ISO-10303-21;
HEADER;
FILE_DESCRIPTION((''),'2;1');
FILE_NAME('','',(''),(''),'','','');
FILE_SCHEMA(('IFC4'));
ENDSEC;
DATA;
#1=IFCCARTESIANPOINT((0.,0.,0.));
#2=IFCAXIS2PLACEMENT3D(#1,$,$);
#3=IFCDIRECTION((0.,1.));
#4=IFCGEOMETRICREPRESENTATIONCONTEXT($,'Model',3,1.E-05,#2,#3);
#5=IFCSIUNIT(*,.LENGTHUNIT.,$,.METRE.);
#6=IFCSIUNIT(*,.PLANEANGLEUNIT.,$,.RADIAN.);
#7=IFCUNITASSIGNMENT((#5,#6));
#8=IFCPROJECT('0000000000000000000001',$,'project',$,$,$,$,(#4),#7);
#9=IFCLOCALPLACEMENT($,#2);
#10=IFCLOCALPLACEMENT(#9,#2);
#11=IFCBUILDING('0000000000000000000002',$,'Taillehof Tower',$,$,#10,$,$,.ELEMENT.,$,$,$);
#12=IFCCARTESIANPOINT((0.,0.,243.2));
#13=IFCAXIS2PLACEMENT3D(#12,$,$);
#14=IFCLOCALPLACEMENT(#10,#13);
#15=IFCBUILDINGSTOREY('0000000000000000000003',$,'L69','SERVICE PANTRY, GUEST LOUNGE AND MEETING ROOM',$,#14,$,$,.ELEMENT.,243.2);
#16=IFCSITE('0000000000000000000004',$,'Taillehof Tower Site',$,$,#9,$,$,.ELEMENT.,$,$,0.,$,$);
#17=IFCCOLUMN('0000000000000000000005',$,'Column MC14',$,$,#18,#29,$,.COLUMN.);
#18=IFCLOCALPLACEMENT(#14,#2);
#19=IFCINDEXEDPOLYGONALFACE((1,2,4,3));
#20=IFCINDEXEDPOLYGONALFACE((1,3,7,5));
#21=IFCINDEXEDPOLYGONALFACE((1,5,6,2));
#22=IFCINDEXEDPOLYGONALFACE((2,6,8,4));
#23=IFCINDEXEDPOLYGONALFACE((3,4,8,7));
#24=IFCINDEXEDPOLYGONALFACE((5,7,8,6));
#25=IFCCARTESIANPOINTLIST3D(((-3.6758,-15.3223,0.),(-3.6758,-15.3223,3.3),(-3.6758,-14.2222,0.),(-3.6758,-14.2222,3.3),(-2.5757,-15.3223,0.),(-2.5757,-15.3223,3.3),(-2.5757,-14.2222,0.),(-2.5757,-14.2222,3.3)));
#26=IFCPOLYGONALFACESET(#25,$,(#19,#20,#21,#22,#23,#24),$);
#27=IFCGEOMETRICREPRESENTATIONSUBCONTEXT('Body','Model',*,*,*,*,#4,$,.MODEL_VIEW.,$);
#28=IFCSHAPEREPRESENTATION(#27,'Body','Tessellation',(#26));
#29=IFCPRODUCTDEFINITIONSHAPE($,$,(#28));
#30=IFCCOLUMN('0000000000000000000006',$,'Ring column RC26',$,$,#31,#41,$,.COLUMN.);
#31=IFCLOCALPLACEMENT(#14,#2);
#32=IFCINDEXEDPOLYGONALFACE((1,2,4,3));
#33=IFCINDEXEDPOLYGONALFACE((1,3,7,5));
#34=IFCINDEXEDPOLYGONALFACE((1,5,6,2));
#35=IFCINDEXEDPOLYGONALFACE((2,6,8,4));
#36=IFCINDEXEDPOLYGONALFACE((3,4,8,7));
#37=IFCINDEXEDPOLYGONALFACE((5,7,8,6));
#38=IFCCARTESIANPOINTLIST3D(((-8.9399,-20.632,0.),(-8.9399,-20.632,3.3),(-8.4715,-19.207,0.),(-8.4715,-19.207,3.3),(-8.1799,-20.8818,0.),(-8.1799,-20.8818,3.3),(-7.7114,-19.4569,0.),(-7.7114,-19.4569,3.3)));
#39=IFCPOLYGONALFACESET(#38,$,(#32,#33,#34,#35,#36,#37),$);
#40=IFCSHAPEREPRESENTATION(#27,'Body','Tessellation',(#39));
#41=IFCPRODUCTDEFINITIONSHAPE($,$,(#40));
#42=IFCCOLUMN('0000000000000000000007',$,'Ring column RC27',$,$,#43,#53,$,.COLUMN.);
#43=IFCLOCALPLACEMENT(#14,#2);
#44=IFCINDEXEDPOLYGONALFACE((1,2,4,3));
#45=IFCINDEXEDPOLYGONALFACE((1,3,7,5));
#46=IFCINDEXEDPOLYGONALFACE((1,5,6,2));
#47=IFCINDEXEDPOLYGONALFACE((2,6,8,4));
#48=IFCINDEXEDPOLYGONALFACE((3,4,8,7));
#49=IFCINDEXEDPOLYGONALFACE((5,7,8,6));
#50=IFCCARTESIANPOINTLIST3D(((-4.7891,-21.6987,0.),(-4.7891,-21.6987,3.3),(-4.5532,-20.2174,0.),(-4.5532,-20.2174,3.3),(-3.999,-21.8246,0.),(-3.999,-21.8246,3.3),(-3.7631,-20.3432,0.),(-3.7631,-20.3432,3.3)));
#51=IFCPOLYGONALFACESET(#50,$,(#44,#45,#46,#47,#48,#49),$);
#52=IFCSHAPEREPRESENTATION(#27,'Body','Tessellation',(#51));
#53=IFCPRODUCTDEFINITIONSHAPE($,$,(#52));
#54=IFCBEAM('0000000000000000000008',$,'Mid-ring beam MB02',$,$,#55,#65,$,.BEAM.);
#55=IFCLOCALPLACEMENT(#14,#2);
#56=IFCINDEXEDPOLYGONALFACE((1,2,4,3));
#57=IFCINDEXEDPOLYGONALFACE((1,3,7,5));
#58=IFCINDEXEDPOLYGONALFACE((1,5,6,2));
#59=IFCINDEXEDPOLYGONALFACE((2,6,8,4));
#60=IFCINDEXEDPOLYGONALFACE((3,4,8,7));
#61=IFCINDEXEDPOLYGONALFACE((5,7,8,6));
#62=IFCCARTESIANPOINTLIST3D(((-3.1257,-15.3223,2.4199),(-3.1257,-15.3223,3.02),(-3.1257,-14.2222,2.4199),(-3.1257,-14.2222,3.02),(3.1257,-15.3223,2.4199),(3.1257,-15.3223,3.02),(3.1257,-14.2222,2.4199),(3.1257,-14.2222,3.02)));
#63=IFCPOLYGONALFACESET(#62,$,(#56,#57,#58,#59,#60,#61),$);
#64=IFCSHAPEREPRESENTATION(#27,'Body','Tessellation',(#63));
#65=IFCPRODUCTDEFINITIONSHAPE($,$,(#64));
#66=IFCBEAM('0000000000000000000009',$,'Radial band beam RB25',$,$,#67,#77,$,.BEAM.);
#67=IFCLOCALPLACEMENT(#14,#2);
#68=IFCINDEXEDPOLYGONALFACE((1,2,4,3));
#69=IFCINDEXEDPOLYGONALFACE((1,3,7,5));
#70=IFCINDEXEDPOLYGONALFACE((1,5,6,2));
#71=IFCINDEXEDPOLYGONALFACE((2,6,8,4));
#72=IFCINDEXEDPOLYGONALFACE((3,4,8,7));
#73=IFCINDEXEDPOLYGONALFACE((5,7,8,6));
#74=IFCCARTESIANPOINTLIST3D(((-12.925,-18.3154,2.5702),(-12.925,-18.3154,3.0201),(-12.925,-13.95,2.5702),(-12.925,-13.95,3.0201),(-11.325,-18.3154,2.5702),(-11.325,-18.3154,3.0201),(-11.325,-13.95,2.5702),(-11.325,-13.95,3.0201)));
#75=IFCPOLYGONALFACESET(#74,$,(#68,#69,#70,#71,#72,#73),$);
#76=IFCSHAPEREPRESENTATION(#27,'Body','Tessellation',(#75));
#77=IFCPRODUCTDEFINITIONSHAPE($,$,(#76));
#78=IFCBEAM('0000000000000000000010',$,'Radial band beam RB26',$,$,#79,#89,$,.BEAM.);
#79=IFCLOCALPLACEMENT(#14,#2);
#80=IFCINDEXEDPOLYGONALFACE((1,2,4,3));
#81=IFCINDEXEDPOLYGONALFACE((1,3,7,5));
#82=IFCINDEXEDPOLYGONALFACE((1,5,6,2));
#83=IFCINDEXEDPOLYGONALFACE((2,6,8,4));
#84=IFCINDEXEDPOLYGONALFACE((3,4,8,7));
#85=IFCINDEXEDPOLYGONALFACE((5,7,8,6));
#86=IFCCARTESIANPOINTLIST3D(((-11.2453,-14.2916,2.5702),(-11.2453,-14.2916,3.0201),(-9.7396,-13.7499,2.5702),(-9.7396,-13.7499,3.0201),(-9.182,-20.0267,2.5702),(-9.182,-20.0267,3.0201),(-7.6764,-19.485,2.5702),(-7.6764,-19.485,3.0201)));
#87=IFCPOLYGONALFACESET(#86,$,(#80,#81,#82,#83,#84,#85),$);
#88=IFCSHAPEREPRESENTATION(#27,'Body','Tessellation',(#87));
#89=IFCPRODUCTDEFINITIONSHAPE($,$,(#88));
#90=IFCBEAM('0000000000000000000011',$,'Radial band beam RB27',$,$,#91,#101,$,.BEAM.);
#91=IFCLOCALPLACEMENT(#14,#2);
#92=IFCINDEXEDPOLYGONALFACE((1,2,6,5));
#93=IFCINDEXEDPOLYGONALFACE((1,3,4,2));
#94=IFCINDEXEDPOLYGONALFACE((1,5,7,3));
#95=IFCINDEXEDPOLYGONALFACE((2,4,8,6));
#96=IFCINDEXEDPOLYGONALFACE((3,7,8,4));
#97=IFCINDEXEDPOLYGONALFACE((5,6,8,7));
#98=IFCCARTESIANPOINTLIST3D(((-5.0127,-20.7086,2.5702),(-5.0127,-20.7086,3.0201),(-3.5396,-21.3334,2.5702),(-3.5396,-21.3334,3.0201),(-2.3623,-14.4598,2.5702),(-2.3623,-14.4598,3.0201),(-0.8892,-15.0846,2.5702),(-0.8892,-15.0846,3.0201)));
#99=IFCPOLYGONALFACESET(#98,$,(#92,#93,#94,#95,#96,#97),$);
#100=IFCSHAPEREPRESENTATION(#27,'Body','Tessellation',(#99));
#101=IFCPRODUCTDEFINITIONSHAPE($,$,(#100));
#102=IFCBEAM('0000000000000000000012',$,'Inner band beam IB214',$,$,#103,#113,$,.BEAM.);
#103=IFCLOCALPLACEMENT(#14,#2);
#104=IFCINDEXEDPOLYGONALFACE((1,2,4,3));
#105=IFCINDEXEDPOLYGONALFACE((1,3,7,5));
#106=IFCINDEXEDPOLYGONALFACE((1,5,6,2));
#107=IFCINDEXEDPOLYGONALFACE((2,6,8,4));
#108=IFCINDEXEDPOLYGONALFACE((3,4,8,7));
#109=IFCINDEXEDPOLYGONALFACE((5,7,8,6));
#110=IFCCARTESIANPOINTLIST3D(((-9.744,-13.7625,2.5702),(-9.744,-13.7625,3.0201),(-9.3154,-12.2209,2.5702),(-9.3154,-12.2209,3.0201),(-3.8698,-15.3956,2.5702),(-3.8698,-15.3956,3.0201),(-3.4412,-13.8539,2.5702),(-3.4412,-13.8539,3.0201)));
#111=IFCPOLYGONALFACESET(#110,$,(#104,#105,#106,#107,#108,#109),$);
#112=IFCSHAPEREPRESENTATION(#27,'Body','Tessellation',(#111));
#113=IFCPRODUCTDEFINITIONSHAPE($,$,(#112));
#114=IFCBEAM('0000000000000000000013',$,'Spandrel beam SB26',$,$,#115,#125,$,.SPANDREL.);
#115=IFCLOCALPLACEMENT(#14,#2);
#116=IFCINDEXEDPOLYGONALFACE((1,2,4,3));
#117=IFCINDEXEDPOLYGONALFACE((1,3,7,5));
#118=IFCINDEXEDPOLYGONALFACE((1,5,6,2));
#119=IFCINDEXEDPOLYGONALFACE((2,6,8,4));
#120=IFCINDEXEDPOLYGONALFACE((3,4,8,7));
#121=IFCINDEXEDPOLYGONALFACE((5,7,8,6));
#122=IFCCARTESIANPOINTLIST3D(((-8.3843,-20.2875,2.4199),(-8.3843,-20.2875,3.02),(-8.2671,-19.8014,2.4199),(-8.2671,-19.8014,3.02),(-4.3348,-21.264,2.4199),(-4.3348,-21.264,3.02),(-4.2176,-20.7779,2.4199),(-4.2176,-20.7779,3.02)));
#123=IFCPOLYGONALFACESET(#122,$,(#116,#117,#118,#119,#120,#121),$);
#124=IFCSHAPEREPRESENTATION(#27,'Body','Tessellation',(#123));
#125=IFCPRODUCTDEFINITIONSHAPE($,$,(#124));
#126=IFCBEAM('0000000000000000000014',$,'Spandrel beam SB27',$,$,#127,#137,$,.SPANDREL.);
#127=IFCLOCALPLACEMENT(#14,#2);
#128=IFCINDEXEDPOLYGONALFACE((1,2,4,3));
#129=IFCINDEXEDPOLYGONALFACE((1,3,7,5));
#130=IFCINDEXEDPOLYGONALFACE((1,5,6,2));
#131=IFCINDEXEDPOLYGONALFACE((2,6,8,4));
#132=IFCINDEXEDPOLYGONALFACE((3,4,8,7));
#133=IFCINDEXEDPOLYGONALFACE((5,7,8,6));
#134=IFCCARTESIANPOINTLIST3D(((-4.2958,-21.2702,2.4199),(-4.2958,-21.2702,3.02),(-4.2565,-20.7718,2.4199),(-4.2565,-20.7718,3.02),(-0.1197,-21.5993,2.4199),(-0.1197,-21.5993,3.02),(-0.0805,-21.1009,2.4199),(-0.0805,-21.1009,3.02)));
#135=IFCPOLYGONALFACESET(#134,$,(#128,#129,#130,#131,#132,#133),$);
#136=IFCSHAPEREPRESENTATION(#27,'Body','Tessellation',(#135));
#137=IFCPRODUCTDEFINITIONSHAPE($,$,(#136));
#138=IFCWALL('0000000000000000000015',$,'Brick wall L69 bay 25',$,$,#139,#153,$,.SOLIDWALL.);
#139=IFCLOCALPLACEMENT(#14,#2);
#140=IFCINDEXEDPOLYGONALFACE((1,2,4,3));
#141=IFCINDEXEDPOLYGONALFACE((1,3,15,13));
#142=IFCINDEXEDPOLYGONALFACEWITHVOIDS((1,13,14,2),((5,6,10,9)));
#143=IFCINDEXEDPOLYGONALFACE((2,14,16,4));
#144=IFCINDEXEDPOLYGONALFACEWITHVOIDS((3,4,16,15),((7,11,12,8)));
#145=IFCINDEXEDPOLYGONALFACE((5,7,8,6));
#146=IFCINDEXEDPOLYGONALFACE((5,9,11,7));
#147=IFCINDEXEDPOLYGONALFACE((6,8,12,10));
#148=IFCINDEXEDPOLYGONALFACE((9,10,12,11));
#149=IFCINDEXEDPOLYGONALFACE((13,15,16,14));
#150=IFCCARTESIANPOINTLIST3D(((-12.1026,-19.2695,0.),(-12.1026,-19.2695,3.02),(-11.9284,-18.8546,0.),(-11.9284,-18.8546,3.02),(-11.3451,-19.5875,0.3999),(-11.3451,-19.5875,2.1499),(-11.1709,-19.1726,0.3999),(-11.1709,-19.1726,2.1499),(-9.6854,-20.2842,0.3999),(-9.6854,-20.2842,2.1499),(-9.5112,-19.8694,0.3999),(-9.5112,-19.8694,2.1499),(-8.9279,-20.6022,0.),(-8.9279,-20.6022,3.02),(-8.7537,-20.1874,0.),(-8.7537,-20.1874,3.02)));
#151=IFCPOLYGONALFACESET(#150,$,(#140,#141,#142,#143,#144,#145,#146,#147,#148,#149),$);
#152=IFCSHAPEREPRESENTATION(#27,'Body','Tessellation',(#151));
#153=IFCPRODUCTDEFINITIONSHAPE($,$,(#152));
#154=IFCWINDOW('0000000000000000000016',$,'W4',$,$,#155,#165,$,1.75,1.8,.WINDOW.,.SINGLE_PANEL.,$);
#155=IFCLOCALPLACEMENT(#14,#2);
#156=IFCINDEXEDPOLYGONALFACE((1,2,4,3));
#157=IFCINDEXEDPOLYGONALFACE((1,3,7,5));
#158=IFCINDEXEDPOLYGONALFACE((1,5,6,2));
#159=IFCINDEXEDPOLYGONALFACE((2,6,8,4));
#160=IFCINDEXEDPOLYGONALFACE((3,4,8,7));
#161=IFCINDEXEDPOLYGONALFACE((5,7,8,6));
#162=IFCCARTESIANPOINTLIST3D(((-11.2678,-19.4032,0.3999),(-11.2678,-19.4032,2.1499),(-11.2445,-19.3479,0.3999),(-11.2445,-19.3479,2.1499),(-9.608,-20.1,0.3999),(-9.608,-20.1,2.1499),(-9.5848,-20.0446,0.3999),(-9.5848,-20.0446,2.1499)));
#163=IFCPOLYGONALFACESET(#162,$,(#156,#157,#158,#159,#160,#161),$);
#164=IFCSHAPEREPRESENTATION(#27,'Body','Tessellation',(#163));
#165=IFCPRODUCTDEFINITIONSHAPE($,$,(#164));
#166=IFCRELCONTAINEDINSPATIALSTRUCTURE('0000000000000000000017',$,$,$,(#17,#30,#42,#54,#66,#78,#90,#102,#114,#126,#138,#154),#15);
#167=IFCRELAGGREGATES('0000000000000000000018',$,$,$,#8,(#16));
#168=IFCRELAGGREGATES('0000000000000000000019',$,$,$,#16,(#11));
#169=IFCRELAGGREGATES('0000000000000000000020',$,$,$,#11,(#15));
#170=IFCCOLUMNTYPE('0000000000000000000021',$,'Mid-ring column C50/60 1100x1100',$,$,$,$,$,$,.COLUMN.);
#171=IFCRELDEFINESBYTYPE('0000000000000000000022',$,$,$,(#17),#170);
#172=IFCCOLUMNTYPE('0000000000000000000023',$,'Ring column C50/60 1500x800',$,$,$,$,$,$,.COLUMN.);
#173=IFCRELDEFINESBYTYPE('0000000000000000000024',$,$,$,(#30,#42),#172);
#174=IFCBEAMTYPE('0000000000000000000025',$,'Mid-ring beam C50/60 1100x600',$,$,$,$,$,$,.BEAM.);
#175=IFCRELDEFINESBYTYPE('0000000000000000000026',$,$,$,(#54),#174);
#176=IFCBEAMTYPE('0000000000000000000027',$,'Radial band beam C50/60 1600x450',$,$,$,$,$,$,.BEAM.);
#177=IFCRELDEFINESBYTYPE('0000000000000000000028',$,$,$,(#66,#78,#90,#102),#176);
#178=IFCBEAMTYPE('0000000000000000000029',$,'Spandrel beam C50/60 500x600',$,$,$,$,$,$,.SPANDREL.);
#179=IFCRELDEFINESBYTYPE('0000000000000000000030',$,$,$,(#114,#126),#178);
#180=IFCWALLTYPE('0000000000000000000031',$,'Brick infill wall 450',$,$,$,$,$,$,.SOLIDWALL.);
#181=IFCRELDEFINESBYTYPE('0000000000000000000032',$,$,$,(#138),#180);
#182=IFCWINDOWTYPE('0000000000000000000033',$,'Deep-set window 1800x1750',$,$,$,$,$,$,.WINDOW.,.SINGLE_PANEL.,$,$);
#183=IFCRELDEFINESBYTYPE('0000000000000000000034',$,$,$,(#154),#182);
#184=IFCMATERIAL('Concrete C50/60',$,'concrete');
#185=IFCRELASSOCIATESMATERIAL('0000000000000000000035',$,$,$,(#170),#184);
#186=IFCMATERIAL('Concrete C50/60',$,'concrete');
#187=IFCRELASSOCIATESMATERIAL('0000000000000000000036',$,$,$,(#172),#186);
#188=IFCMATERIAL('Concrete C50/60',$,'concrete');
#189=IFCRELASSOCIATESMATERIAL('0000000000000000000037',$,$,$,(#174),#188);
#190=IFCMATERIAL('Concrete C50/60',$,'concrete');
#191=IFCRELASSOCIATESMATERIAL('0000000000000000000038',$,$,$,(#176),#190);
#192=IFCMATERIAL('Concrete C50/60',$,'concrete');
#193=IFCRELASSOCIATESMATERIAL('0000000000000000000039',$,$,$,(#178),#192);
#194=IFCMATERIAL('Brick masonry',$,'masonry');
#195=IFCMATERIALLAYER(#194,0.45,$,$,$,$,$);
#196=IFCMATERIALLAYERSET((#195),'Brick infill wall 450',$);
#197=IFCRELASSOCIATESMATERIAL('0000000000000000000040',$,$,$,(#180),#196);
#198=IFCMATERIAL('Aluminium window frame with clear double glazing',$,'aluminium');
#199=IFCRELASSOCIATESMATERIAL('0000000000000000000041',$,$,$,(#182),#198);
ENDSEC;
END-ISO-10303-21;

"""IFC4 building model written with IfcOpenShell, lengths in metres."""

from ifc_helpers import new_model, si_unit, direction, frame, frame_2d, origin, origin_2d, place, context, subcontext, project, spatial, rectangle, extrude, material, layer, layer_set, material_profile, profile_set, type_object, element, fill, save


model = new_model("IFC4")

# Units and contexts
model_context = context("Model", 3, precision=1e-05, world=origin(), true_north=direction((0.0, 1.0)))
body_context = subcontext(model_context, "Body", "Model", "MODEL_VIEW")
ifc_project = project(units=[si_unit("LENGTHUNIT", "METRE"), si_unit("PLANEANGLEUNIT", "RADIAN")], contexts=[model_context])

# Site, building, storey
site_placement = place(None, origin())
site = spatial("IfcSite", under=ifc_project, at=site_placement, Name="Taillehof Tower Site", CompositionType="ELEMENT", RefElevation=0.0)
building_placement = place(site_placement, origin())
building = spatial("IfcBuilding", under=site, at=building_placement, Name="Taillehof Tower", CompositionType="ELEMENT")
storey_placement = place(building_placement, frame((0.0, 0.0, 243.2)))
storey = spatial("IfcBuildingStorey", under=building, at=storey_placement, Name="L69", Description="SERVICE PANTRY, GUEST LOUNGE AND MEETING ROOM", CompositionType="ELEMENT", Elevation=243.2)

# Columns
ifc_material_1 = material(Name="Concrete C50/60", Category="concrete")
ifc_material_profile_1 = material_profile(ifc_material_1, rectangle(XDim=1.1001, YDim=1.1001, at=origin_2d()), Name="RC 1100x1100")
ifc_profile_set_1 = profile_set([ifc_material_profile_1], Name="Concrete C50/60")
column_type_1 = type_object("IfcColumnType", Name="Mid-ring column C50/60 1100x1100", PredefinedType="COLUMN", material=ifc_profile_set_1)
column_placement = place(storey_placement, frame((-3.1257, -14.7722, 0.0), z_axis=(0.0, 0.0, 1.0), x_axis=(1.0, 0.0, 0.0)))
element("IfcColumn", 1, at=column_placement, inside=storey, type_object=column_type_1, Name="Column MC14", PredefinedType="COLUMN", context=body_context, shape_type="SweptSolid", body=[
    extrude(rectangle(XDim=1.1001, YDim=1.1001, at=origin_2d()), origin(), (0.0, 0.0, 1.0), 3.3),
])
ifc_material_2 = material(Name="Concrete C50/60", Category="concrete")
ifc_material_profile_2 = material_profile(ifc_material_2, rectangle(XDim=1.5, YDim=0.8, at=origin_2d()), Name="RC 1500x800")
ifc_profile_set_2 = profile_set([ifc_material_profile_2], Name="Concrete C50/60")
column_type_2 = type_object("IfcColumnType", Name="Ring column C50/60 1500x800", PredefinedType="COLUMN", material=ifc_profile_set_2)
for number, where, z_axis, x_axis, name in (
    (2, (-8.3257, -20.0444, 0.0), (0.0, 0.0, 1.0), (-0.312304, -0.949982, 0.0), "Ring column RC26"),
    (3, (-4.2761, -21.021, 0.0), (0.0, 0.0, 1.0), (-0.157281, -0.987554, 0.0), "Ring column RC27"),
):
    element("IfcColumn", number, at=place(storey_placement, frame(where, z_axis=z_axis, x_axis=x_axis)), inside=storey, type_object=column_type_2, Name=name, PredefinedType="COLUMN", context=body_context, shape_type="SweptSolid", body=[
        extrude(rectangle(XDim=1.5, YDim=0.8, at=origin_2d()), origin(), (0.0, 0.0, 1.0), 3.3),
    ])

# Beams
ifc_material_3 = material(Name="Concrete C50/60", Category="concrete")
ifc_material_profile_3 = material_profile(ifc_material_3, rectangle(XDim=1.1001, YDim=0.6001, at=origin_2d()), Name="RC 1100x600")
ifc_profile_set_3 = profile_set([ifc_material_profile_3], Name="Concrete C50/60")
beam_type_1 = type_object("IfcBeamType", Name="Mid-ring beam C50/60 1100x600", PredefinedType="BEAM", material=ifc_profile_set_3)
beam_1_placement = place(storey_placement, frame((-3.1257, -14.7722, 2.72), z_axis=(1.0, 0.0, 0.0), x_axis=(0.0, 1.0, 0.0)))
element("IfcBeam", 4, at=beam_1_placement, inside=storey, type_object=beam_type_1, Name="Mid-ring beam MB02", PredefinedType="BEAM", context=body_context, shape_type="SweptSolid", body=[
    extrude(rectangle(XDim=1.1001, YDim=0.6001, at=origin_2d()), origin(), (0.0, 0.0, 1.0), 6.2515),
])
ifc_material_4 = material(Name="Concrete C50/60", Category="concrete")
ifc_material_profile_4 = material_profile(ifc_material_4, rectangle(XDim=1.6001, YDim=0.45, at=origin_2d()), Name="RC 1600x450")
ifc_profile_set_4 = profile_set([ifc_material_profile_4], Name="Concrete C50/60")
beam_type_2 = type_object("IfcBeamType", Name="Radial band beam C50/60 1600x450", PredefinedType="BEAM", material=ifc_profile_set_4)
beam_2_placement = place(storey_placement, frame((-12.125, -18.3154, 2.7952), z_axis=(0.0, 1.0, 0.0), x_axis=(-1.0, 0.0, 0.0)))
element("IfcBeam", 5, at=beam_2_placement, inside=storey, type_object=beam_type_2, Name="Radial band beam RB25", PredefinedType="BEAM", context=body_context, shape_type="SweptSolid", body=[
    extrude(rectangle(XDim=1.6001, YDim=0.45, at=origin_2d()), origin(), (0.0, 0.0, 1.0), 4.3655),
])
beam_3_placement = place(storey_placement, frame((-8.4292, -19.7559, 2.7952), z_axis=(-0.338515, 0.940961, 0.0), x_axis=(-0.940961, -0.338515, 0.0)))
element("IfcBeam", 6, at=beam_3_placement, inside=storey, type_object=beam_type_2, Name="Radial band beam RB26", PredefinedType="BEAM", context=body_context, shape_type="SweptSolid", body=[
    extrude(rectangle(XDim=1.6001, YDim=0.45, at=origin_2d()), origin(), (0.0, 0.0, 1.0), 6.095),
])
beam_4_placement = place(storey_placement, frame((-4.2761, -21.021, 2.7952), z_axis=(0.390474, 0.920614, 0.0), x_axis=(-0.920614, 0.390474, 0.0)))
element("IfcBeam", 7, at=beam_4_placement, inside=storey, type_object=beam_type_2, Name="Radial band beam RB27", PredefinedType="BEAM", context=body_context, shape_type="SweptSolid", body=[
    extrude(rectangle(XDim=1.6001, YDim=0.45, at=origin_2d()), origin(), (0.0, 0.0, 1.0), 6.7876),
])
beam_5_placement = place(storey_placement, frame((-3.6555, -14.6248, 2.7952), z_axis=(-0.963459, 0.267855, 0.0), x_axis=(-0.267855, -0.963459, 0.0)))
element("IfcBeam", 8, at=beam_5_placement, inside=storey, type_object=beam_type_2, Name="Inner band beam IB214", PredefinedType="BEAM", context=body_context, shape_type="SweptSolid", body=[
    extrude(rectangle(XDim=1.6001, YDim=0.45, at=origin_2d()), origin(), (0.0, 0.0, 1.0), 6.0969),
])
ifc_material_5 = material(Name="Concrete C50/60", Category="concrete")
ifc_material_profile_5 = material_profile(ifc_material_5, rectangle(XDim=0.5, YDim=0.6001, at=origin_2d()), Name="RC 500x600")
ifc_profile_set_5 = profile_set([ifc_material_profile_5], Name="Concrete C50/60")
beam_type_3 = type_object("IfcBeamType", Name="Spandrel beam C50/60 500x600", PredefinedType="SPANDREL", material=ifc_profile_set_5)
beam_6_placement = place(storey_placement, frame((-8.3257, -20.0444, 2.72), z_axis=(0.972132, -0.234432, 0.0), x_axis=(0.234432, 0.972132, 0.0)))
element("IfcBeam", 9, at=beam_6_placement, inside=storey, type_object=beam_type_3, Name="Spandrel beam SB26", PredefinedType="SPANDREL", context=body_context, shape_type="SweptSolid", body=[
    extrude(rectangle(XDim=0.5, YDim=0.6001, at=origin_2d()), origin(), (0.0, 0.0, 1.0), 4.1655),
])
beam_7_placement = place(storey_placement, frame((-4.2761, -21.021, 2.72), z_axis=(0.996909, -0.078564, 0.0), x_axis=(0.078564, 0.996909, 0.0)))
element("IfcBeam", 10, at=beam_7_placement, inside=storey, type_object=beam_type_3, Name="Spandrel beam SB27", PredefinedType="SPANDREL", context=body_context, shape_type="SweptSolid", body=[
    extrude(rectangle(XDim=0.5, YDim=0.6001, at=origin_2d()), origin(), (0.0, 0.0, 1.0), 4.189),
])

# Wall, opening, window
ifc_material_6 = material(Name="Brick masonry", Category="masonry")
ifc_layer_1 = layer(ifc_material_6, 0.45)
ifc_layer_set_1 = layer_set([ifc_layer_1], Name="Brick infill wall 450")
wall_type_1 = type_object("IfcWallType", Name="Brick infill wall 450", PredefinedType="SOLIDWALL", material=ifc_layer_set_1)
wall_1_placement = place(storey_placement, frame((-12.0156, -19.062, 0.0), z_axis=(0.0, 0.0, 1.0), x_axis=(0.92205, -0.387071, 0.0)))
wall_1 = element("IfcWall", 11, at=wall_1_placement, inside=storey, type_object=wall_type_1, Name="Brick wall L69 bay 25", PredefinedType="SOLIDWALL", context=body_context, shape_type="SweptSolid", body=[
    extrude(rectangle(XDim=3.4431, YDim=0.45, at=frame_2d((1.7217, 0.0))), origin(), (0.0, 0.0, 1.0), 3.02),
])
opening_1_placement = place(wall_1_placement, frame((0.8218, 0.0, 0.3999)))
opening_1 = element("IfcOpeningElement", 12, at=opening_1_placement, cuts=wall_1, PredefinedType="OPENING", context=body_context, shape_type="SweptSolid", body=[
    extrude(rectangle(XDim=1.8, YDim=1.75, at=frame_2d((0.8999, 0.875))), frame((0.0, 0.2349, 0.0), z_axis=(0.0, -1.0, 0.0), x_axis=(1.0, 0.0, 0.0)), (0.0, 0.0, 1.0), 0.47),
])
ifc_material_7 = material(Name="Aluminium window frame with clear double glazing", Category="aluminium")
window_type_1 = type_object("IfcWindowType", Name="Deep-set window 1800x1750", PartitioningType="SINGLE_PANEL", PredefinedType="WINDOW", material=ifc_material_7)
window_1_placement = place(opening_1_placement, origin())
window_1 = element("IfcWindow", 13, at=window_1_placement, inside=storey, type_object=window_type_1, Name="W4", OverallHeight=1.75, OverallWidth=1.8, PartitioningType="SINGLE_PANEL", PredefinedType="WINDOW", context=body_context, shape_type="SweptSolid", body=[
    extrude(rectangle(XDim=1.8, YDim=1.75, at=frame_2d((0.8999, 0.875))), frame((0.0, 0.0349, 0.0), z_axis=(0.0, -1.0, 0.0), x_axis=(1.0, 0.0, 0.0)), (0.0, 0.0, 1.0), 0.0601),
])
fill(opening_1, window_1)

save(model, "model.ifc")
